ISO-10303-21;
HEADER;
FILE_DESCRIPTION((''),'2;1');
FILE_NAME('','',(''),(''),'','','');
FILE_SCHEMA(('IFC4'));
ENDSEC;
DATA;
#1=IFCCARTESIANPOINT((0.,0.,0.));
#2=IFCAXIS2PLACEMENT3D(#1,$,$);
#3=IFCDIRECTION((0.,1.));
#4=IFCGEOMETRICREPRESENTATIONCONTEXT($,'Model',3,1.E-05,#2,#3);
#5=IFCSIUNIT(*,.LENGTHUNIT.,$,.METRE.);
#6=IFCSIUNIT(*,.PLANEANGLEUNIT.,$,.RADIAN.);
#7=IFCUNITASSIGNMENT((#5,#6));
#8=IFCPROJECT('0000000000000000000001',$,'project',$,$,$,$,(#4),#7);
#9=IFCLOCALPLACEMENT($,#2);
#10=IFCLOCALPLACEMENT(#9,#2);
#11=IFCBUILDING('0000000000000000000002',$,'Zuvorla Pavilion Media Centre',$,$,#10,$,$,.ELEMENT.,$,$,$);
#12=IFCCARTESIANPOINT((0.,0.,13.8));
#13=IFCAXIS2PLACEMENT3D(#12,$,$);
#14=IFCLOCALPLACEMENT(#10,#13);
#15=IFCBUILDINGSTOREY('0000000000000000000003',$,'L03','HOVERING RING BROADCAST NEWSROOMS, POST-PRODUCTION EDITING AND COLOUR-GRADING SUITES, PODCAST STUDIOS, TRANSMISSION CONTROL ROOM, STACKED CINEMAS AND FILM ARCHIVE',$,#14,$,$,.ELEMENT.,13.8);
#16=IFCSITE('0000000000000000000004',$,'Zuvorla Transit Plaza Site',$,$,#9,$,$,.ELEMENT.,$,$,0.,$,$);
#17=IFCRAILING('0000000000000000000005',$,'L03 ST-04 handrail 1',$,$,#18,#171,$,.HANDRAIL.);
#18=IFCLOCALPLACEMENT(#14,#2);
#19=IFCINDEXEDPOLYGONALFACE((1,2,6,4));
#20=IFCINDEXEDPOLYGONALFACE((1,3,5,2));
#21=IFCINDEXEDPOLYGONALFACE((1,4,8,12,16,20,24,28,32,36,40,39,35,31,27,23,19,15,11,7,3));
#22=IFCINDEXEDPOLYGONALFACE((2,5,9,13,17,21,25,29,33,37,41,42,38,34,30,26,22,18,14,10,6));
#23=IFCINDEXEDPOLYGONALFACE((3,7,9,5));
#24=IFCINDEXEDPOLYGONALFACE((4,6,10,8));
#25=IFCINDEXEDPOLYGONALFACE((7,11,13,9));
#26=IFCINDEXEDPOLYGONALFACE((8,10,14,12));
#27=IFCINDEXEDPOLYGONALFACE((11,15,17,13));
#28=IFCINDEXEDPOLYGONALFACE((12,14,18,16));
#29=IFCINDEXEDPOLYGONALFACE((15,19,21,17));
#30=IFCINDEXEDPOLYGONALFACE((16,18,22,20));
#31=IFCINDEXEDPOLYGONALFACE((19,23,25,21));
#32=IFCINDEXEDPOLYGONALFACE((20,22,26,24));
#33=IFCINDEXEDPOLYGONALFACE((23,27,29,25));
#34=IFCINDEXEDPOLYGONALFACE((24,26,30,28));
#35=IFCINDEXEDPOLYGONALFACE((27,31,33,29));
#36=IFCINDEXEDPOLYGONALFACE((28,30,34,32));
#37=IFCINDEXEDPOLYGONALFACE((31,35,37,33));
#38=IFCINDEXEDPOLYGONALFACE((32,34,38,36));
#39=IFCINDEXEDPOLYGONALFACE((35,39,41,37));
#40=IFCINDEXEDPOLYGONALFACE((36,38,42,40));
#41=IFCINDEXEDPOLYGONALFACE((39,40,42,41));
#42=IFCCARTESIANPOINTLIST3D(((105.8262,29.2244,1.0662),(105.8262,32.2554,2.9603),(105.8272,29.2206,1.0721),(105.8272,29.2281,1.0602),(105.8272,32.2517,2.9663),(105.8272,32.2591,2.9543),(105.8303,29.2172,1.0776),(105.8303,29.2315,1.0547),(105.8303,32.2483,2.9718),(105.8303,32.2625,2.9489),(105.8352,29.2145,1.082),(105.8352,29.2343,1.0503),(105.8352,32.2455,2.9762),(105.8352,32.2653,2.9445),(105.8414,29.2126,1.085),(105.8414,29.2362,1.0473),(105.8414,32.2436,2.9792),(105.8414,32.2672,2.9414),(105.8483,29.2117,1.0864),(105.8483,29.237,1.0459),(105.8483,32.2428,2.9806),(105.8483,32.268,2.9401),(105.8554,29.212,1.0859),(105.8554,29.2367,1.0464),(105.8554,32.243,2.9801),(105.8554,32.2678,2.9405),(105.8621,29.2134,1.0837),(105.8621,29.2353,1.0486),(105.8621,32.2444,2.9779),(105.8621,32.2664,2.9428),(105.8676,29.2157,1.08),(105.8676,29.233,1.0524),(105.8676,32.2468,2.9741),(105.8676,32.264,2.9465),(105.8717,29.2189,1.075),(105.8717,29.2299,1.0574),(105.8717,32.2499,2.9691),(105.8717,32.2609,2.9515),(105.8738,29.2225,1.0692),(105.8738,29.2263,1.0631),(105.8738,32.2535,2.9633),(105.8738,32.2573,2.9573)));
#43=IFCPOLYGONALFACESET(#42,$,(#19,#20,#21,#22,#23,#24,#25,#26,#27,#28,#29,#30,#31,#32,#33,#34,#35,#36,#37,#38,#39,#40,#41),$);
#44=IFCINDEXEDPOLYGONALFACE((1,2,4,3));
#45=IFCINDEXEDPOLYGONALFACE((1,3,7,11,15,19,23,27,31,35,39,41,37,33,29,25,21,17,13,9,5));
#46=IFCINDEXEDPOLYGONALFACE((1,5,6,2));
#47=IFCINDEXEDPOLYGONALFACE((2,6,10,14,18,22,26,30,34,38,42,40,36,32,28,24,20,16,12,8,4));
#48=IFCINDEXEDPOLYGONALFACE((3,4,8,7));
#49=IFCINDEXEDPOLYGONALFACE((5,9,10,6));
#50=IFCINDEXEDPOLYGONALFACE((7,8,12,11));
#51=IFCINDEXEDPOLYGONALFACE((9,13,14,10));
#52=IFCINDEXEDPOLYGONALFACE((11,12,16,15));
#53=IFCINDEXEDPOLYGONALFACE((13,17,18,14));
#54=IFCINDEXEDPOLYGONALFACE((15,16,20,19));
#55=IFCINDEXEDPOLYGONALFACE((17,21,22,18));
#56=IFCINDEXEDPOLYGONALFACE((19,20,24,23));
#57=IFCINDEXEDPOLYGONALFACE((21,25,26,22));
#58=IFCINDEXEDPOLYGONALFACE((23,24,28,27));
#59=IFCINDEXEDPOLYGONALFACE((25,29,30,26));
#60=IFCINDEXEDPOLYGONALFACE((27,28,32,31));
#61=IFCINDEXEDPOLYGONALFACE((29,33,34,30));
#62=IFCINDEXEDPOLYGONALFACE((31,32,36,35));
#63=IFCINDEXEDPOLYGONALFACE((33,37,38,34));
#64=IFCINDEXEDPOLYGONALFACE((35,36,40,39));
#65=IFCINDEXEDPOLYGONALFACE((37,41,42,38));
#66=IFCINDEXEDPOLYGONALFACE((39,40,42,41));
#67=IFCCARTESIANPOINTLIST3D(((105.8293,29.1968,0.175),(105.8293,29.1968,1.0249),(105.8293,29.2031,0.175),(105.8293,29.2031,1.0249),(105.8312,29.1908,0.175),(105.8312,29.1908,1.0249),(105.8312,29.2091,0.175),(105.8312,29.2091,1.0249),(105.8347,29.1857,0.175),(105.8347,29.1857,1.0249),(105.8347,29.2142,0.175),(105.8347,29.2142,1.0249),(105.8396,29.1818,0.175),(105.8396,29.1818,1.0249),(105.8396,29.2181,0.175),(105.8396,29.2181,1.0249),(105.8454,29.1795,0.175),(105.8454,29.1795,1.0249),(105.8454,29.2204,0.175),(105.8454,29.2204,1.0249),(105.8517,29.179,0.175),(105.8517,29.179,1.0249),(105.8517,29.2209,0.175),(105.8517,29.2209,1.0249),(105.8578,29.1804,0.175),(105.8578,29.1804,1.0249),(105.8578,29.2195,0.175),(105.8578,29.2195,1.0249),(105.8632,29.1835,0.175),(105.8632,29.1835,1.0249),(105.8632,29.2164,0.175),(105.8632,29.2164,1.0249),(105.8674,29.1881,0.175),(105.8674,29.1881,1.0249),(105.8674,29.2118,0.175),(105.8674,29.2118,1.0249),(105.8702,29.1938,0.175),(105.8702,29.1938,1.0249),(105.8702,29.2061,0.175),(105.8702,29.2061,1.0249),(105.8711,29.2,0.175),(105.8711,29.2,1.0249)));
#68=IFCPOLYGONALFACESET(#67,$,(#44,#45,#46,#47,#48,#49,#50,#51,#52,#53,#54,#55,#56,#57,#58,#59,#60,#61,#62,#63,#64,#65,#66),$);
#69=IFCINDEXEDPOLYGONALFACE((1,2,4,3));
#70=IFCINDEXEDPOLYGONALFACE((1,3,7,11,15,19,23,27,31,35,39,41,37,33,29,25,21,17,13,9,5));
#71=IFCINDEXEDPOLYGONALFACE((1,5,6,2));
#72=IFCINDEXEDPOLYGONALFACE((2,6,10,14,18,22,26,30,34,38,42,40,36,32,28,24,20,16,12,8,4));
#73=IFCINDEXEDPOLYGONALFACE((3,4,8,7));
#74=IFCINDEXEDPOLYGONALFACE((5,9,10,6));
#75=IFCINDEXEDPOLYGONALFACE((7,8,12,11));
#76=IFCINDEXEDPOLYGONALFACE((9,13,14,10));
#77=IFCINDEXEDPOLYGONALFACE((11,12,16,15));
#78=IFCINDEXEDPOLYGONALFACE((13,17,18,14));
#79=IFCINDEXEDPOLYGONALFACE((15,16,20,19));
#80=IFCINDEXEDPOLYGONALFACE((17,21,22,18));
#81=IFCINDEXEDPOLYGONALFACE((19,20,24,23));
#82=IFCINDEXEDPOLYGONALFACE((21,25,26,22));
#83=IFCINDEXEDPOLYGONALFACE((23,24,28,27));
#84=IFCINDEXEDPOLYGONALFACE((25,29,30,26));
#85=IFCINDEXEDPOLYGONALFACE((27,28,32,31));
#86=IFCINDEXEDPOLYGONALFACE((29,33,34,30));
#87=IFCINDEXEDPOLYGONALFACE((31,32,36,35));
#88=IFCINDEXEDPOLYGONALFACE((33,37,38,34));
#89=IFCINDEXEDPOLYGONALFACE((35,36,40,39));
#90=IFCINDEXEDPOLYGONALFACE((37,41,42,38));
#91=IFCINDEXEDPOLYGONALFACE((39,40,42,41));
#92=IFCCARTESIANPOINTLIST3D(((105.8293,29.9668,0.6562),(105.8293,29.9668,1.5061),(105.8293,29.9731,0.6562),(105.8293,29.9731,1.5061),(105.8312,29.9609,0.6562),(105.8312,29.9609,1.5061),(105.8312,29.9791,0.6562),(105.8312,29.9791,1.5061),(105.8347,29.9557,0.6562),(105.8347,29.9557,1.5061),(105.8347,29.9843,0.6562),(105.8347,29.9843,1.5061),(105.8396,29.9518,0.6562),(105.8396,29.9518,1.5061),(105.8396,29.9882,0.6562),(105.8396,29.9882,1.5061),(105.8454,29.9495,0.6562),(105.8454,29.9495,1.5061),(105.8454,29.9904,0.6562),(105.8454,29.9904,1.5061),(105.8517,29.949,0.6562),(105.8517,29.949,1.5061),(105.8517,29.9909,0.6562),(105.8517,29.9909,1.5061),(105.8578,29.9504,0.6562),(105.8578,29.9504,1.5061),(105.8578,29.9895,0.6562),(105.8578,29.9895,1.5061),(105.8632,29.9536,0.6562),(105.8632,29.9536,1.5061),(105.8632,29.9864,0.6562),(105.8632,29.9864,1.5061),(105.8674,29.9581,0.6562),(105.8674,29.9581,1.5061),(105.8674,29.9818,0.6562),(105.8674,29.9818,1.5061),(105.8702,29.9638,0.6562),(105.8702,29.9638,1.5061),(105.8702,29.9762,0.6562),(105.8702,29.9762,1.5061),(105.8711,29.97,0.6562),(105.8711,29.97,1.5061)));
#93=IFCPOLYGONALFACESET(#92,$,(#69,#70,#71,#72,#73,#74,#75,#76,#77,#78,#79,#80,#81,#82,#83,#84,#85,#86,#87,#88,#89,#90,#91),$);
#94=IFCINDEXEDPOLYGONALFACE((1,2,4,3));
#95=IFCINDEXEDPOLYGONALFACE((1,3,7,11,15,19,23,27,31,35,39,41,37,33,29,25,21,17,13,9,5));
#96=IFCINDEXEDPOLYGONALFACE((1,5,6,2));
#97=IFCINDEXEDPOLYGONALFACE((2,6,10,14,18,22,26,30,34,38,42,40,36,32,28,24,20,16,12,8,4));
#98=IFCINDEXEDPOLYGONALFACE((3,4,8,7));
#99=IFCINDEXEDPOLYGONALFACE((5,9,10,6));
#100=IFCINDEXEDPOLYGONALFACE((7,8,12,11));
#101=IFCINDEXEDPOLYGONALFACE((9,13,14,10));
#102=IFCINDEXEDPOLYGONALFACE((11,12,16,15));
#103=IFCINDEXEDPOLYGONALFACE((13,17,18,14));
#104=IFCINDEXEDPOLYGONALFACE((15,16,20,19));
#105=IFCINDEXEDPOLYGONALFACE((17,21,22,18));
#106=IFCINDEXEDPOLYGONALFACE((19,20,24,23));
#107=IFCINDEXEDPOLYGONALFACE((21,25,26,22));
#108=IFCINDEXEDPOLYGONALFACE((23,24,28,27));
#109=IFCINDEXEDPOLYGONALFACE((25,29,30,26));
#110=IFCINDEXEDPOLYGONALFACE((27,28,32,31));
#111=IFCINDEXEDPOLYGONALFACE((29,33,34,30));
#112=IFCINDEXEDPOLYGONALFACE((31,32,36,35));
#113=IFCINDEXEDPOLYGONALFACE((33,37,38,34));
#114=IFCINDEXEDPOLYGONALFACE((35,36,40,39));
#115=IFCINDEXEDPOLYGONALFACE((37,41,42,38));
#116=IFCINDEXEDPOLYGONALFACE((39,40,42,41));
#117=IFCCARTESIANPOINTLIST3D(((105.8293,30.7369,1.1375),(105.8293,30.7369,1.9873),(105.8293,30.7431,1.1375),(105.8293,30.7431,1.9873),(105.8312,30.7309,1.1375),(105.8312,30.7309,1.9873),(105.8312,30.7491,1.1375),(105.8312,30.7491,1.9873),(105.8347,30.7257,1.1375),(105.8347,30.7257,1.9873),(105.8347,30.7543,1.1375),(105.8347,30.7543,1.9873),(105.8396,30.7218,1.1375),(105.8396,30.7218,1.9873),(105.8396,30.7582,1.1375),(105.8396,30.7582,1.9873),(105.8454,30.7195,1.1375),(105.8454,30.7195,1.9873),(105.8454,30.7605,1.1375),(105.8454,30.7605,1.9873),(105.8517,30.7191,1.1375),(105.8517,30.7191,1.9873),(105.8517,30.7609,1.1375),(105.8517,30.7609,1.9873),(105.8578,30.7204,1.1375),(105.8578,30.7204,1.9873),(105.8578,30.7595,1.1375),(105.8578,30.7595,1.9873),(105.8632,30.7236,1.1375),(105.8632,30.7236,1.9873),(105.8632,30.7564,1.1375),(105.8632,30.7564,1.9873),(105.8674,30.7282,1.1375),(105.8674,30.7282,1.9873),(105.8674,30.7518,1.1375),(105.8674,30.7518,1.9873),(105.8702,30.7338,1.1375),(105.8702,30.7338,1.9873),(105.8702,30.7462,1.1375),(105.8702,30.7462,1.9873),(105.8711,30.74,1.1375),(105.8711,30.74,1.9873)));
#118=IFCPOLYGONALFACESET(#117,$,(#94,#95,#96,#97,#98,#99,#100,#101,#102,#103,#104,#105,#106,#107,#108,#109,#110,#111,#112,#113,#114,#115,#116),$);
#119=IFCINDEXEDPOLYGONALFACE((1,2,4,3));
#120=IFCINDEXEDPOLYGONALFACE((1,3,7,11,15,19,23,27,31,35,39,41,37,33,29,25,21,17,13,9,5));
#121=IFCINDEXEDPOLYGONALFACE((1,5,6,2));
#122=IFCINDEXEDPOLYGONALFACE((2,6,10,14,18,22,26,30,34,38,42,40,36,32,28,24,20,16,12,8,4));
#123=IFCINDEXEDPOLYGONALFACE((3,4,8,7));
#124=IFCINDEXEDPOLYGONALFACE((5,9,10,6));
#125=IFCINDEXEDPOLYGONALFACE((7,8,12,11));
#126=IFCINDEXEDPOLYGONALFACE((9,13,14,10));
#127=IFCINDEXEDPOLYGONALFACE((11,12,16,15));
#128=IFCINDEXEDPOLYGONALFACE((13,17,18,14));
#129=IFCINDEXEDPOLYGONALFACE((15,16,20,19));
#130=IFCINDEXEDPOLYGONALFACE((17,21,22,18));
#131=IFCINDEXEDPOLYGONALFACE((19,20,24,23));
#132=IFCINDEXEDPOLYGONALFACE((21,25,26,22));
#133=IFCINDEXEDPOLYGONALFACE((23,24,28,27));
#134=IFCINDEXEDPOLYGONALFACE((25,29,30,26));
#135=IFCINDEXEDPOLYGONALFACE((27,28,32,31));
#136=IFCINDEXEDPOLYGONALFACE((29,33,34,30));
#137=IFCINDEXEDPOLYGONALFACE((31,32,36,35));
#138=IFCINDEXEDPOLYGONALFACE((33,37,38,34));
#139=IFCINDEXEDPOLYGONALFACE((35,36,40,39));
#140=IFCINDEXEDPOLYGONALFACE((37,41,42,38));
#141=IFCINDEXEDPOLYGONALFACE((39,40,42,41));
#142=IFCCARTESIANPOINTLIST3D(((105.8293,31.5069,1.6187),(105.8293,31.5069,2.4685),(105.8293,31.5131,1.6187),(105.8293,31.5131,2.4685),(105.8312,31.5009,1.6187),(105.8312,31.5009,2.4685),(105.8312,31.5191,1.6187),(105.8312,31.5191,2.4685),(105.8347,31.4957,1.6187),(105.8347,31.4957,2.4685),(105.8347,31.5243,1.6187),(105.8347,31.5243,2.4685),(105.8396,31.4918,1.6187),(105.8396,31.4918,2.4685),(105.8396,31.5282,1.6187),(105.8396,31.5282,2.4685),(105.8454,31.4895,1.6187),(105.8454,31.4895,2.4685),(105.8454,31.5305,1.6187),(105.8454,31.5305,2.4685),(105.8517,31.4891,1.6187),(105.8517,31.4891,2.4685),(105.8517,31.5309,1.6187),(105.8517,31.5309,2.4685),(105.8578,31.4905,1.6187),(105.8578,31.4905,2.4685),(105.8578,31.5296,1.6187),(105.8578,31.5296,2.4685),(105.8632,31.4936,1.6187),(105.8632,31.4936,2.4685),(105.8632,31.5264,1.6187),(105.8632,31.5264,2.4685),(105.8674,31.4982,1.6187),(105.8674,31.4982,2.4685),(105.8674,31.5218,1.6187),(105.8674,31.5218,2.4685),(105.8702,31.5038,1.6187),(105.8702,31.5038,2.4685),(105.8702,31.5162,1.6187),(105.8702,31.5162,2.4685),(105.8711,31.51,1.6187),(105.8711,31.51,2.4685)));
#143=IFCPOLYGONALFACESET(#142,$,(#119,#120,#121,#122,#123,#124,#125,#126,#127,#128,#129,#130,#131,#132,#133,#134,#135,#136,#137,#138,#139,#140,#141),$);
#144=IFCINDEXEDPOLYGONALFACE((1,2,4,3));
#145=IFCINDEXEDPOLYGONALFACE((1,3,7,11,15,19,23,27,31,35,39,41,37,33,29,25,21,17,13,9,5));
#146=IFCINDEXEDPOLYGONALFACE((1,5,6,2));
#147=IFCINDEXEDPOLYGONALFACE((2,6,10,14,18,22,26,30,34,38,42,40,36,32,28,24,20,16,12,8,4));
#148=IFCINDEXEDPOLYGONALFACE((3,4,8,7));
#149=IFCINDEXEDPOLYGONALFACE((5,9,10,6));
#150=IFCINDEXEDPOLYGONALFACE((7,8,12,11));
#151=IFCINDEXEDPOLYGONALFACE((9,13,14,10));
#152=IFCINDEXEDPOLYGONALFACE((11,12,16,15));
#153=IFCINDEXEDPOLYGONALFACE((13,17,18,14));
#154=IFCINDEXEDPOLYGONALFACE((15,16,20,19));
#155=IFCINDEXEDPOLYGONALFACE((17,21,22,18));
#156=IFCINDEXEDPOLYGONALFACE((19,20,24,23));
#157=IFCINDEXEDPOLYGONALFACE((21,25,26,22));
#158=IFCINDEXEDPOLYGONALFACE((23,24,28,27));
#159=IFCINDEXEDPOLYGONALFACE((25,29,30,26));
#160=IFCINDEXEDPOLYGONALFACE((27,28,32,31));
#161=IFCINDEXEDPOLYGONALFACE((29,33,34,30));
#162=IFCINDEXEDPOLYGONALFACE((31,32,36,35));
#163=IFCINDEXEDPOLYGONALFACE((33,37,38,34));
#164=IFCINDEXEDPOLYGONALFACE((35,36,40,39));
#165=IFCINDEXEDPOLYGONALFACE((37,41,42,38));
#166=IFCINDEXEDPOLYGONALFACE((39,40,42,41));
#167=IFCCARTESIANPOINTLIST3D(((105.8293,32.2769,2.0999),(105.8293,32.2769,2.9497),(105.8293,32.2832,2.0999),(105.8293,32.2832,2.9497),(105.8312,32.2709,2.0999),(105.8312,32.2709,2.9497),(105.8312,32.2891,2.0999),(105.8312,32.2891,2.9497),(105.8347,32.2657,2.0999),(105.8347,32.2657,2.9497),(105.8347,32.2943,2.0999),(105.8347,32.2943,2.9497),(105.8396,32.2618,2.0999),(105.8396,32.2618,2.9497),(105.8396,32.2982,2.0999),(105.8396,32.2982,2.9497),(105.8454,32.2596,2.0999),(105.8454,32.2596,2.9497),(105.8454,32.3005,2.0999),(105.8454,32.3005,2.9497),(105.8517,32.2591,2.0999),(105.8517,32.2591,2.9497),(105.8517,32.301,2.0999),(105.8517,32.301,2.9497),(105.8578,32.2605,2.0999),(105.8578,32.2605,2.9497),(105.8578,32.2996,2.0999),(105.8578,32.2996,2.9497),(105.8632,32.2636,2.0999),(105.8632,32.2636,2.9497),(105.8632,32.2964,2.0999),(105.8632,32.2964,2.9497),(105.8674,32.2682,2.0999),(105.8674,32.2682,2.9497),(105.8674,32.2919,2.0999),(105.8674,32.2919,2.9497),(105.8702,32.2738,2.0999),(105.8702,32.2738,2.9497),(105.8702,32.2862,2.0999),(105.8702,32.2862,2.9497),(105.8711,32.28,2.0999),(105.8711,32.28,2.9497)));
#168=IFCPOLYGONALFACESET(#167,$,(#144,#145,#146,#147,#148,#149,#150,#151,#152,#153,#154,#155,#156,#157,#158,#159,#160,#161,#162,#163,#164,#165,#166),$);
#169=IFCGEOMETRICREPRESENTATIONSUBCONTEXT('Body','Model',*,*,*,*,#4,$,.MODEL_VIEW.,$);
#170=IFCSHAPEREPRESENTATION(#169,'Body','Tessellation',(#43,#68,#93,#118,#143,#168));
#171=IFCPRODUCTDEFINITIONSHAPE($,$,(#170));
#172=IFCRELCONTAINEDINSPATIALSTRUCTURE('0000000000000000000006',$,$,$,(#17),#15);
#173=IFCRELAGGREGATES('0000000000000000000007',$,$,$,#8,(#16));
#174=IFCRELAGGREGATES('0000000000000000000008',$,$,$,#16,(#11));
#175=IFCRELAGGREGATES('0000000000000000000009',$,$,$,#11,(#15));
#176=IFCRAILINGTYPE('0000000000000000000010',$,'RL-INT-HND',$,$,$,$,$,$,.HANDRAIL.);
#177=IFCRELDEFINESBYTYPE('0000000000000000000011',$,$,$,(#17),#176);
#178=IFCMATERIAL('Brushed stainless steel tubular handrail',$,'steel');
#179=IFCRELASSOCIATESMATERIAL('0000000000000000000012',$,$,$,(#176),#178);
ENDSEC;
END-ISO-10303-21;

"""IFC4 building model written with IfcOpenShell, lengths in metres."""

from ifc_helpers import new_model, si_unit, direction, frame, origin, origin_2d, place, context, subcontext, project, spatial, circle, extrude, material, type_object, element, save


model = new_model("IFC4")

# Units and contexts
model_context = context("Model", 3, precision=1e-05, world=origin(), true_north=direction((0.0, 1.0)))
body_context = subcontext(model_context, "Body", "Model", "MODEL_VIEW")
ifc_project = project(units=[si_unit("LENGTHUNIT", "METRE"), si_unit("PLANEANGLEUNIT", "RADIAN")], contexts=[model_context])

# Site, building, storey
site_placement = place(None, origin())
site = spatial("IfcSite", under=ifc_project, at=site_placement, Name="Zuvorla Transit Plaza Site", CompositionType="ELEMENT", RefElevation=0.0)
building_placement = place(site_placement, origin())
building = spatial("IfcBuilding", under=site, at=building_placement, Name="Zuvorla Pavilion Media Centre", CompositionType="ELEMENT")
storey_placement = place(building_placement, frame((0.0, 0.0, 13.8)))
storey = spatial("IfcBuildingStorey", under=building, at=storey_placement, Name="L03", Description="HOVERING RING BROADCAST NEWSROOMS, POST-PRODUCTION EDITING AND COLOUR-GRADING SUITES, PODCAST STUDIOS, TRANSMISSION CONTROL ROOM, STACKED CINEMAS AND FILM ARCHIVE", CompositionType="ELEMENT", Elevation=13.8)

# Railing
ifc_material_1 = material(Name="Brushed stainless steel tubular handrail", Category="steel")
railing_type_1 = type_object("IfcRailingType", Name="RL-INT-HND", PredefinedType="HANDRAIL", material=ifc_material_1)
railing_1_placement = place(storey_placement, frame((105.8501, 29.2, 0.175)))
element("IfcRailing", 1, at=railing_1_placement, inside=storey, type_object=railing_type_1, Name="L03 ST-04 handrail 1", PredefinedType="HANDRAIL", context=body_context, shape_type="SweptSolid", body=[
    extrude(circle(Radius=0.0239, at=origin_2d()), frame((0.0, 0.0244, 0.8911), z_axis=(0.0, 0.848029, 0.529951), x_axis=(-1.0, 0.0, 0.0)), (0.0, 0.0, 1.0), 3.5742),
    extrude(circle(Radius=0.021, at=origin_2d()), origin(), (0.0, 0.0, 1.0), 0.8499),
    extrude(circle(Radius=0.021, at=origin_2d()), frame((0.0, 0.77, 0.4812)), (0.0, 0.0, 1.0), 0.8499),
    extrude(circle(Radius=0.021, at=origin_2d()), frame((0.0, 1.54, 0.9624)), (0.0, 0.0, 1.0), 0.8499),
    extrude(circle(Radius=0.021, at=origin_2d()), frame((0.0, 2.3101, 1.4436)), (0.0, 0.0, 1.0), 0.8499),
    extrude(circle(Radius=0.021, at=origin_2d()), frame((0.0, 3.0801, 1.9248)), (0.0, 0.0, 1.0), 0.8499),
])

save(model, "model.ifc")
